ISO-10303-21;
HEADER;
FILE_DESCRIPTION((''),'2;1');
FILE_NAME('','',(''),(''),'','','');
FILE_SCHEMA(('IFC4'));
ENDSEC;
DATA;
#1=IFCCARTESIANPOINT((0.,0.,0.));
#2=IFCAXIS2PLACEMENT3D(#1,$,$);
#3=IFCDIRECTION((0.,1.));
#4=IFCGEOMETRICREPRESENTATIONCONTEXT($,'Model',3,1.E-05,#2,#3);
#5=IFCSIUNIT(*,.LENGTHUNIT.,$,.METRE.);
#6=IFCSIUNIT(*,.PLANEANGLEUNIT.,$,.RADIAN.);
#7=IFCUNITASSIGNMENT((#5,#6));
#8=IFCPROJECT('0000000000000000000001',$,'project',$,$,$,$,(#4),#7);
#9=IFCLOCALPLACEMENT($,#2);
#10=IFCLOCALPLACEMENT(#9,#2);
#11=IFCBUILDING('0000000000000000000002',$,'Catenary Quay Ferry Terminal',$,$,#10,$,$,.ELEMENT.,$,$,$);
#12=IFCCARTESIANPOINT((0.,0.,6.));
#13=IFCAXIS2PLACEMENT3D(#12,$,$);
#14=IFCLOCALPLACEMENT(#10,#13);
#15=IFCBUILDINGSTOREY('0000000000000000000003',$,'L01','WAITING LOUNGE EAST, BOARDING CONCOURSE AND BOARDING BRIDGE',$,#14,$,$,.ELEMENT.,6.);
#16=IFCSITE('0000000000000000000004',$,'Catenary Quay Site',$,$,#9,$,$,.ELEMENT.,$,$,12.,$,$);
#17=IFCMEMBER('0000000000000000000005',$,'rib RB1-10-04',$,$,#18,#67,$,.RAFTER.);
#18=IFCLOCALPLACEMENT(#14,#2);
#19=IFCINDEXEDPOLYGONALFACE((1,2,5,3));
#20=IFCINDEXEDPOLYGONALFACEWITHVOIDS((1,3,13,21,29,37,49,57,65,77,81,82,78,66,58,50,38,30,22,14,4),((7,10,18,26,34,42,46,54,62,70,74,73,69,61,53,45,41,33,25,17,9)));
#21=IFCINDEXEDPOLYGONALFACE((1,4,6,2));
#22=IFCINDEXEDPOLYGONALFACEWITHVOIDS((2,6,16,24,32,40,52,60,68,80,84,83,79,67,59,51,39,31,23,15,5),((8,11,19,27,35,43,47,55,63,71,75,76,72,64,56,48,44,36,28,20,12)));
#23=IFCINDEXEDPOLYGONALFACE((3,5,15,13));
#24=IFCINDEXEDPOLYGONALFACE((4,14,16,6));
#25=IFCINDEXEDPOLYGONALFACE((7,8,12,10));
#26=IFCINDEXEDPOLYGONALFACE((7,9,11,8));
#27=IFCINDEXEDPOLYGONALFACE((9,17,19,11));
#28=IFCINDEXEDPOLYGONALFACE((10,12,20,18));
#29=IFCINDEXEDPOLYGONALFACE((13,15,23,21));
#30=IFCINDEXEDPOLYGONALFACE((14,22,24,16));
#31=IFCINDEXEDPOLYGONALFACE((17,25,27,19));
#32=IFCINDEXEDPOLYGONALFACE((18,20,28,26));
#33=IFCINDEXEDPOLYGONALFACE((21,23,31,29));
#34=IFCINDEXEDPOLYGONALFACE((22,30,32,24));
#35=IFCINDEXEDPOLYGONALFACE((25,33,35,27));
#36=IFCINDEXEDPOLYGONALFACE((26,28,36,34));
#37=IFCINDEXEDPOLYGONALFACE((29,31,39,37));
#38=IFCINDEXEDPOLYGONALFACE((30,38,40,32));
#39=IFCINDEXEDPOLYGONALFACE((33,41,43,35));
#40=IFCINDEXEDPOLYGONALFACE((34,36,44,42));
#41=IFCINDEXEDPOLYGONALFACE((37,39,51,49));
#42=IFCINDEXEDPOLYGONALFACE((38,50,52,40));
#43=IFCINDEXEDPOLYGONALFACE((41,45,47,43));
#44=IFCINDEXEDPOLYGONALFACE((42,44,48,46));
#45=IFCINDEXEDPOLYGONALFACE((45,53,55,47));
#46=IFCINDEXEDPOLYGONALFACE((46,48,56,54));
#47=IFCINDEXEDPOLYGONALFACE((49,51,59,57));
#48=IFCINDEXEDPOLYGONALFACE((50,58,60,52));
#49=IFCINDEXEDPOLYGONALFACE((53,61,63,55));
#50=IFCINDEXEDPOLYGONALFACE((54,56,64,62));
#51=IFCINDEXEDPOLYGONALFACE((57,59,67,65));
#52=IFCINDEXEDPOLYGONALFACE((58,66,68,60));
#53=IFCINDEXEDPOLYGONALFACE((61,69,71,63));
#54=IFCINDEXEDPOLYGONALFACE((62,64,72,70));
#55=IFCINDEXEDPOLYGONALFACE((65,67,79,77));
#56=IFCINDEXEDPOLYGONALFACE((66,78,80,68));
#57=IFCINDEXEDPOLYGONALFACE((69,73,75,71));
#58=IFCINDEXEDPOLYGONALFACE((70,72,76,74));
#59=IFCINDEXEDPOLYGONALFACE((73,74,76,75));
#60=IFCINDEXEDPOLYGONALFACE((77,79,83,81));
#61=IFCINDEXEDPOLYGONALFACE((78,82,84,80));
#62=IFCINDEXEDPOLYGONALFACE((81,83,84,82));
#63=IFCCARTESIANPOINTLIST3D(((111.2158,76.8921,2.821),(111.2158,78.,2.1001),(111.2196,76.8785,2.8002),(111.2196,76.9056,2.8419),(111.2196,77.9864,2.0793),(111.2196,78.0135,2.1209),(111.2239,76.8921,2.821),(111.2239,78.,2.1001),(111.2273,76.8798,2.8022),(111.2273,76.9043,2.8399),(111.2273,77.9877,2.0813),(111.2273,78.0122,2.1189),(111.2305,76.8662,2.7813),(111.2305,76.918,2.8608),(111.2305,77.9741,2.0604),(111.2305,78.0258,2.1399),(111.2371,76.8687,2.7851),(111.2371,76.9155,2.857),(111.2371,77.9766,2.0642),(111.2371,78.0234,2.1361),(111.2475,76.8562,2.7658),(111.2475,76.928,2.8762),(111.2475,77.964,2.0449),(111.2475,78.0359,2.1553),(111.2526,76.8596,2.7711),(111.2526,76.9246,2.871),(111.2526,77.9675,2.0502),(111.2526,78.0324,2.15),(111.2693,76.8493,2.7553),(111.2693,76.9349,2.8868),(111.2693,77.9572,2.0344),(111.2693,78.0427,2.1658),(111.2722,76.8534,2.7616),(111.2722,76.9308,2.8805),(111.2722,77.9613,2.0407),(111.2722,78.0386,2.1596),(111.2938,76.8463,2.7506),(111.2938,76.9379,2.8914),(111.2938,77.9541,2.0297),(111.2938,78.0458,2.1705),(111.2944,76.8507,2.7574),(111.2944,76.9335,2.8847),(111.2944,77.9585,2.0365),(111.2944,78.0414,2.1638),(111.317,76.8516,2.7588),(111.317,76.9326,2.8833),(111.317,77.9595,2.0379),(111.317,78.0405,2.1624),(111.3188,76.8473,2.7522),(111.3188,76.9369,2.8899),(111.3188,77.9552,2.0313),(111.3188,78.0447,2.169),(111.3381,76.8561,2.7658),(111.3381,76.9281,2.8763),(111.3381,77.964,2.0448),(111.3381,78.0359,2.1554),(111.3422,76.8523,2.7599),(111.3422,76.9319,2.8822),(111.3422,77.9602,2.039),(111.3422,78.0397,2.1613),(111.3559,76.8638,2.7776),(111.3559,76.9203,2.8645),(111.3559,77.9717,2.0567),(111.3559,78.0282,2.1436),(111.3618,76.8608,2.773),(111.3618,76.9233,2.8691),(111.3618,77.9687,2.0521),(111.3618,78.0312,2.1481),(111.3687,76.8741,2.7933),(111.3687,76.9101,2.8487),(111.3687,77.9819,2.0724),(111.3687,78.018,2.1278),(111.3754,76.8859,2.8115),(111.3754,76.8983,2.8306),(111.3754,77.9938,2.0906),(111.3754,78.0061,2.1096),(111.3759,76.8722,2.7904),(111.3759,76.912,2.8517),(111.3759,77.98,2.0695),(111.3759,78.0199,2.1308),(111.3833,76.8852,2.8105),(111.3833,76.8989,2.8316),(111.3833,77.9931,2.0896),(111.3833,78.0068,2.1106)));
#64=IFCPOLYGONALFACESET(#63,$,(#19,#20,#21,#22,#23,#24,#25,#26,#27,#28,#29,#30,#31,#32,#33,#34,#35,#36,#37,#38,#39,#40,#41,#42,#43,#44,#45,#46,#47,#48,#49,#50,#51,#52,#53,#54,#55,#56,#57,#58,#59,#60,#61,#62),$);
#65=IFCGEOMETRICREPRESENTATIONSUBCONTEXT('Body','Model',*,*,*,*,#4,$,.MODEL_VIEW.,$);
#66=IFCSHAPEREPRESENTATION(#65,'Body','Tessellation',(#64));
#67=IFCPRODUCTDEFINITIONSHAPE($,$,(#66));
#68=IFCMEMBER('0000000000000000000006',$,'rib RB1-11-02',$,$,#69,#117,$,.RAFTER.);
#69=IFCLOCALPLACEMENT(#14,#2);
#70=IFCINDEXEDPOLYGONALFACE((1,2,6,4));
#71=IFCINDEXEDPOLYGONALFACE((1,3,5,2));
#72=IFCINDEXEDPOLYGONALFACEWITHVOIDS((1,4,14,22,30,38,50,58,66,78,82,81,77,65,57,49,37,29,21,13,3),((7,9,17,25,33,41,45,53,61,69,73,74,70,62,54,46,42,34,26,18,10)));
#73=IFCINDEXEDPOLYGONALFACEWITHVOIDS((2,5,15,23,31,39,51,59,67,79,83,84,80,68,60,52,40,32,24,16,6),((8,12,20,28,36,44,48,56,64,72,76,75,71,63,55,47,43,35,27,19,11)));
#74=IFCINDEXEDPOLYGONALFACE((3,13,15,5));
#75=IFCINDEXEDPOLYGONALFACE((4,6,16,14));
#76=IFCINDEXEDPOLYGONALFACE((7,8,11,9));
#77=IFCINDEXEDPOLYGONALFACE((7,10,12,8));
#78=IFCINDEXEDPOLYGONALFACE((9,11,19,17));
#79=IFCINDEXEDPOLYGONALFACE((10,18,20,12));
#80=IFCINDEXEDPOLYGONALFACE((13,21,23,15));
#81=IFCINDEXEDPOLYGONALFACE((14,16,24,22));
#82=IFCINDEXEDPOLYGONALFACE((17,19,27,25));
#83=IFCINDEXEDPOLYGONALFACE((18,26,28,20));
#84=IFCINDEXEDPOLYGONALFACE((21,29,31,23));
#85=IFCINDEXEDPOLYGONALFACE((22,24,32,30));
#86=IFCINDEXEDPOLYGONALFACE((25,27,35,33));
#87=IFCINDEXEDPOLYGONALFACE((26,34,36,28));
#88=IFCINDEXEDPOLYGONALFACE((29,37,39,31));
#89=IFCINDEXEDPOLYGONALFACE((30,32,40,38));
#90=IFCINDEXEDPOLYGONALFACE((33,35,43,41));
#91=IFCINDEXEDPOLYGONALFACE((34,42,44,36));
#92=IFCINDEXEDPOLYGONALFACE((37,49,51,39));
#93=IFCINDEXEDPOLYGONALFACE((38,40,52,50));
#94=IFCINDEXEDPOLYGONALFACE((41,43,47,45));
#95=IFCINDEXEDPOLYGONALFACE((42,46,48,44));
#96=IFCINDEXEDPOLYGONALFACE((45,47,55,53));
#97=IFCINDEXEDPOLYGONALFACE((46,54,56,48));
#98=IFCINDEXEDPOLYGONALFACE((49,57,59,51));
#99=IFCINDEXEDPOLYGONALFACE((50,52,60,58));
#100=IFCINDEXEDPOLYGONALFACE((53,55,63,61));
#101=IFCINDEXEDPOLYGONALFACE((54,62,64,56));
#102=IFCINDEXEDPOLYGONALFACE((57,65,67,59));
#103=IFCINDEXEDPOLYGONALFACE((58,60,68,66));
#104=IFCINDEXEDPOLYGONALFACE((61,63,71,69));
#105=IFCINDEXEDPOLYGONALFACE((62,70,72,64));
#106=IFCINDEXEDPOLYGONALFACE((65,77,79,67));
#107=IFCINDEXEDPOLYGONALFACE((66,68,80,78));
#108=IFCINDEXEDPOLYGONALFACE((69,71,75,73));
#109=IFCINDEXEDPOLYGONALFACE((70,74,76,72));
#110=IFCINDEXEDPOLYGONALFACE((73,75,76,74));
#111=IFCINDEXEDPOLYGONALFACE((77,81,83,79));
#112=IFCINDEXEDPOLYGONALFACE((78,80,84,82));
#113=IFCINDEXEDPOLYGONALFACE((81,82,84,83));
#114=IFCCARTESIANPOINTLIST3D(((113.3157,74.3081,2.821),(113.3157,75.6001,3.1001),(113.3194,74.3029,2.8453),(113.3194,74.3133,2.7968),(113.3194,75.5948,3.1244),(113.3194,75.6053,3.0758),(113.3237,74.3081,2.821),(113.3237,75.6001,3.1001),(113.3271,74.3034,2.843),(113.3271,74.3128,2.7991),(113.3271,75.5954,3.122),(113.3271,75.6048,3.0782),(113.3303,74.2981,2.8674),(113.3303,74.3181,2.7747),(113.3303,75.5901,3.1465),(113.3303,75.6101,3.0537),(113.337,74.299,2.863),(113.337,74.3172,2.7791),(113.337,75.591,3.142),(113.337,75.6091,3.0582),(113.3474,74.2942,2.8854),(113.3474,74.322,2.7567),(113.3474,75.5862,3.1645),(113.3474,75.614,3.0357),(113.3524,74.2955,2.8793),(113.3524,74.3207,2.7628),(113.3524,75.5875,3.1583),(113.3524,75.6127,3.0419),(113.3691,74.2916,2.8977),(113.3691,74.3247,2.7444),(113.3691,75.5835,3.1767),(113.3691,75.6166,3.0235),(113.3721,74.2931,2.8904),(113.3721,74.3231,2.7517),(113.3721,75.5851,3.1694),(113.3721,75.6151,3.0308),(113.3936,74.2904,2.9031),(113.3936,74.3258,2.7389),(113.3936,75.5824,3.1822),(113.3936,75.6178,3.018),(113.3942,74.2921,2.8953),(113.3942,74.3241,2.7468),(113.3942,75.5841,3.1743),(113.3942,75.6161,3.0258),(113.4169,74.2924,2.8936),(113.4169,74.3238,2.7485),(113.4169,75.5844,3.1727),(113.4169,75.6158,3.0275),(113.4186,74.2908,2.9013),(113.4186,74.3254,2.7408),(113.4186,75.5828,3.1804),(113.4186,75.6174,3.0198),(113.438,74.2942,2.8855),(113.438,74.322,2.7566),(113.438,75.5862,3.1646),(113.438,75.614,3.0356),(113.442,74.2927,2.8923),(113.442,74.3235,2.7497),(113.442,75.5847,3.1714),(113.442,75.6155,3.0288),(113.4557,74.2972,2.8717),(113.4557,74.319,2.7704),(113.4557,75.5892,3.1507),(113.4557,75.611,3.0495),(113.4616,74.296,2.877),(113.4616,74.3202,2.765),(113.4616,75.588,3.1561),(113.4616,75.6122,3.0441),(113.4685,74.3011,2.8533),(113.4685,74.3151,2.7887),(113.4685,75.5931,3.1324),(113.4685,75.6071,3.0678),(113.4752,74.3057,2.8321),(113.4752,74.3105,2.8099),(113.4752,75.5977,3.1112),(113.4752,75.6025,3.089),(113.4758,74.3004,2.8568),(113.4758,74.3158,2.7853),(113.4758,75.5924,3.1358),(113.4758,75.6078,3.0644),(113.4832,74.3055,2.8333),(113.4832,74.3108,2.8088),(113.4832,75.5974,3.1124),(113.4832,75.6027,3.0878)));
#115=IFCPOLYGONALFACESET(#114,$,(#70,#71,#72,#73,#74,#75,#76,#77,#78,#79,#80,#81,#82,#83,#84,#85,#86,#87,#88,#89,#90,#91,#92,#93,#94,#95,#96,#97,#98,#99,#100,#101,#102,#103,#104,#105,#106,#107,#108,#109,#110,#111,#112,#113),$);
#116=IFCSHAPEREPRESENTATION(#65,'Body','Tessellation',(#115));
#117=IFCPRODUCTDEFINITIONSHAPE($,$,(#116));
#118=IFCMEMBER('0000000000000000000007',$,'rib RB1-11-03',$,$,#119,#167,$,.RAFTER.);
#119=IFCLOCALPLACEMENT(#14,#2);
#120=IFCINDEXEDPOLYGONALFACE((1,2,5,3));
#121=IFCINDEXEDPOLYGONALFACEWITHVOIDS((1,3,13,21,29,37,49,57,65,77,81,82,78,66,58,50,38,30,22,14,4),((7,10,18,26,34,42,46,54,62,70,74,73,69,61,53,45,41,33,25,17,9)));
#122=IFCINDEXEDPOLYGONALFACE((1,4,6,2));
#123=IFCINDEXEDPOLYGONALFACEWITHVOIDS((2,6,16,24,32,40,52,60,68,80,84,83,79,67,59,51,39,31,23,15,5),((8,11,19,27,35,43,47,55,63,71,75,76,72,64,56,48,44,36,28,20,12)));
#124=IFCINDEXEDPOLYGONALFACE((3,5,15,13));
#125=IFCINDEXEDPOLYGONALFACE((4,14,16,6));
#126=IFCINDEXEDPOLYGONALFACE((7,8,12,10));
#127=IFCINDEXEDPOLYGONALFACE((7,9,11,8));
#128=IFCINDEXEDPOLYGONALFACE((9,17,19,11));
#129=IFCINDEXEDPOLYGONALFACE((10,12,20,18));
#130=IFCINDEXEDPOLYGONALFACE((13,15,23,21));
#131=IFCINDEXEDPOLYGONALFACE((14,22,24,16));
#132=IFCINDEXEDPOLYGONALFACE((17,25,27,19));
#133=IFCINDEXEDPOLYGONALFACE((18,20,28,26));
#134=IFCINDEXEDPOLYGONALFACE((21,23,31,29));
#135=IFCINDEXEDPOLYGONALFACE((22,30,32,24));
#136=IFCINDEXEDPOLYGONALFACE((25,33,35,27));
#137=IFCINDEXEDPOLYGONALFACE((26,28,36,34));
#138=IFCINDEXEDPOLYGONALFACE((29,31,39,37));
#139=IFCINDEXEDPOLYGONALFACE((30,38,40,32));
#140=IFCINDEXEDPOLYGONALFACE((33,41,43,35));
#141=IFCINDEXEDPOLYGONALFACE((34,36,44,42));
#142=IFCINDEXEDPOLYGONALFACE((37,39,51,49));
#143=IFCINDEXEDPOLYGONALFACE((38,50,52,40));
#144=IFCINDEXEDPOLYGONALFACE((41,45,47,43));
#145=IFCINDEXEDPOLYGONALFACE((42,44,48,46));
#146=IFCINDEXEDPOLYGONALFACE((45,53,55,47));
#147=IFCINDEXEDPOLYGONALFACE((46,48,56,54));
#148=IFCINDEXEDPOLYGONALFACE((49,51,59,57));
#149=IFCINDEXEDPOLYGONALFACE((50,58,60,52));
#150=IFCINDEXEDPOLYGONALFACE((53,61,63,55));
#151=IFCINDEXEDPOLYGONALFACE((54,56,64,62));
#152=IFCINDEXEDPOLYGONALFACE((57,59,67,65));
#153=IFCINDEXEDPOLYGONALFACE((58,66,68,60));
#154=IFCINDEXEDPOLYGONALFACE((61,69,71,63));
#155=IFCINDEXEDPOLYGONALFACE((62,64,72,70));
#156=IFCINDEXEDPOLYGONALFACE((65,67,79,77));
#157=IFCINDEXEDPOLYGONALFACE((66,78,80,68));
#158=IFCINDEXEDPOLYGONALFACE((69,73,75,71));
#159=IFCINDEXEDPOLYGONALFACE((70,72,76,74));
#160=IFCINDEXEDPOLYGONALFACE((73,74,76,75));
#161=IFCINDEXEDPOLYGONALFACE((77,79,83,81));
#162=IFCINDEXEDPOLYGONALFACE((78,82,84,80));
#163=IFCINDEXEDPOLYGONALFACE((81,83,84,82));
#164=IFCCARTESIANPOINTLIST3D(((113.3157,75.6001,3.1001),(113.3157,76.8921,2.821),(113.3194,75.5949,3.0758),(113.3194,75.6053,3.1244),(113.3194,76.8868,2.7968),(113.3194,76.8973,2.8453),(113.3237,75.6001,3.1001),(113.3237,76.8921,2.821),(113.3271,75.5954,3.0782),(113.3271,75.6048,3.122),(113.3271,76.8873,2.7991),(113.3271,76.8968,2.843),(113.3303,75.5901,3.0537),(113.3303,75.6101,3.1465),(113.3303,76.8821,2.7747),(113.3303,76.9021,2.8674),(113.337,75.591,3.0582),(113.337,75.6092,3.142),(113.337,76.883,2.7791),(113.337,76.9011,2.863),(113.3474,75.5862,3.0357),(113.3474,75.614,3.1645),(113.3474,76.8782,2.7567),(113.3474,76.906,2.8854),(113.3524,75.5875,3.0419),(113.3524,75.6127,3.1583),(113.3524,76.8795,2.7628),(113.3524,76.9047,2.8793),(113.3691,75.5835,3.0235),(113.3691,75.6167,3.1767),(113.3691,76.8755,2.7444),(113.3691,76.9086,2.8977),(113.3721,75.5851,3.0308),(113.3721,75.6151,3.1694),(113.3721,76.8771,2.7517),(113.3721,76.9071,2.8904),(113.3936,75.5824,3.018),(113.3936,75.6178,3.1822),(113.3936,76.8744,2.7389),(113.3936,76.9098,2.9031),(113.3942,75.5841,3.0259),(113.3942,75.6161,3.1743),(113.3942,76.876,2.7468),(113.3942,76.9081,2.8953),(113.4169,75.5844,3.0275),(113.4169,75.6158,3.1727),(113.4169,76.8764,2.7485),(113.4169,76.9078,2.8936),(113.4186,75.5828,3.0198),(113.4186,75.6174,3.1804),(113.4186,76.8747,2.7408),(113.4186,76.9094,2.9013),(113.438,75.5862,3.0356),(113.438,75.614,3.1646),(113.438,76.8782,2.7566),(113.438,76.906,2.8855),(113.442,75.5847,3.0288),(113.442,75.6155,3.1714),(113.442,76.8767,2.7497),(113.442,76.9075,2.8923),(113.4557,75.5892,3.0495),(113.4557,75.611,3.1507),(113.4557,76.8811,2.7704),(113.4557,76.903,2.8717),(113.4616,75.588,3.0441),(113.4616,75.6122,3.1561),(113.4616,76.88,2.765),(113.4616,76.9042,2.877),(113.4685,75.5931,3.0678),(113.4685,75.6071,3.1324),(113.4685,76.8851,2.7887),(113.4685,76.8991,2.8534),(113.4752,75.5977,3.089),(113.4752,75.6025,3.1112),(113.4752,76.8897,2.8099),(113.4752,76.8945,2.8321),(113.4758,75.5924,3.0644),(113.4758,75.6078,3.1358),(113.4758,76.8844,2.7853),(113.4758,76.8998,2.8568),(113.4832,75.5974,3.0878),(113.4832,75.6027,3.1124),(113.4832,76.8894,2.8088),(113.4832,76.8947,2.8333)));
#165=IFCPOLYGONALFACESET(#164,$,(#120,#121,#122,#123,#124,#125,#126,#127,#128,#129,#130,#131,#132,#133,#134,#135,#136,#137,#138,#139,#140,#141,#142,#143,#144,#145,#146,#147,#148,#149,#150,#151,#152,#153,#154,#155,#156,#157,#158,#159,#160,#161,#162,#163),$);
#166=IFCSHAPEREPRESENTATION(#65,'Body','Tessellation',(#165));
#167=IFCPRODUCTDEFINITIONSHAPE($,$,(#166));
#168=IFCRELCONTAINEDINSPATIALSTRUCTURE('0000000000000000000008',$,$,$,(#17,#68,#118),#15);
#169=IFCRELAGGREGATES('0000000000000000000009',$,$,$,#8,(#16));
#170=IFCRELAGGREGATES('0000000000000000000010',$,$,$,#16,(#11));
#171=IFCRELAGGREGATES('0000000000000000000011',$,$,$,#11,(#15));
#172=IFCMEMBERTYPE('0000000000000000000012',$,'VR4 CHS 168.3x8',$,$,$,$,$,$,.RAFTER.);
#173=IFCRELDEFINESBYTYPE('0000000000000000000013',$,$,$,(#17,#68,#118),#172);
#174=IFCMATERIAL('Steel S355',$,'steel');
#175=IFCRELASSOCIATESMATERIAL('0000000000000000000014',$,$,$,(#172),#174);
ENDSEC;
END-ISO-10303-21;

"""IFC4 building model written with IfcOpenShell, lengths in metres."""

from ifc_helpers import new_model, si_unit, direction, frame, origin, origin_2d, place, context, subcontext, project, spatial, hollow_circle, extrude, material, material_profile, profile_set, type_object, element, save


model = new_model("IFC4")

# Units and contexts
model_context = context("Model", 3, precision=1e-05, world=origin(), true_north=direction((0.0, 1.0)))
body_context = subcontext(model_context, "Body", "Model", "MODEL_VIEW")
ifc_project = project(units=[si_unit("LENGTHUNIT", "METRE"), si_unit("PLANEANGLEUNIT", "RADIAN")], contexts=[model_context])

# Site, building, storey
site_placement = place(None, origin())
site = spatial("IfcSite", under=ifc_project, at=site_placement, Name="Catenary Quay Site", CompositionType="ELEMENT", RefElevation=12.0)
building_placement = place(site_placement, origin())
building = spatial("IfcBuilding", under=site, at=building_placement, Name="Catenary Quay Ferry Terminal", CompositionType="ELEMENT")
storey_placement = place(building_placement, frame((0.0, 0.0, 6.0)))
storey = spatial("IfcBuildingStorey", under=building, at=storey_placement, Name="L01", Description="WAITING LOUNGE EAST, BOARDING CONCOURSE AND BOARDING BRIDGE", CompositionType="ELEMENT", Elevation=6.0)

# Members
ifc_material_1 = material(Name="Steel S355", Category="steel")
ifc_material_profile_1 = material_profile(ifc_material_1, hollow_circle(Radius=0.0842, WallThickness=0.0081, at=origin_2d()), Name="CHS 168.3x8")
ifc_profile_set_1 = profile_set([ifc_material_profile_1], Name="Steel S355")
member_type_1 = type_object("IfcMemberType", Name="VR4 CHS 168.3x8", PredefinedType="RAFTER", material=ifc_profile_set_1)
for number, where, z_axis, x_axis, name in (
    (1, (111.3, 76.8921, 2.821), (0.0, 0.838165, -0.545417), (-1.0, 0.0, 0.0), "rib RB1-10-04"),
    (2, (113.3999, 74.3081, 2.821), (0.0, 0.977461, 0.211118), (-1.0, 0.0, 0.0), "rib RB1-11-02"),
    (3, (113.3999, 75.6001, 3.1001), (0.0, 0.977461, -0.211118), (-1.0, 0.0, 0.0), "rib RB1-11-03"),
):
    element("IfcMember", number, at=place(storey_placement, frame(where, z_axis=z_axis, x_axis=x_axis)), inside=storey, type_object=member_type_1, Name=name, PredefinedType="RAFTER", context=body_context, shape_type="SweptSolid", body=[
        extrude(hollow_circle(Radius=0.0842, WallThickness=0.0081, at=origin_2d()), origin(), (0.0, 0.0, 1.0), 1.3218),
    ])

save(model, "model.ifc")
